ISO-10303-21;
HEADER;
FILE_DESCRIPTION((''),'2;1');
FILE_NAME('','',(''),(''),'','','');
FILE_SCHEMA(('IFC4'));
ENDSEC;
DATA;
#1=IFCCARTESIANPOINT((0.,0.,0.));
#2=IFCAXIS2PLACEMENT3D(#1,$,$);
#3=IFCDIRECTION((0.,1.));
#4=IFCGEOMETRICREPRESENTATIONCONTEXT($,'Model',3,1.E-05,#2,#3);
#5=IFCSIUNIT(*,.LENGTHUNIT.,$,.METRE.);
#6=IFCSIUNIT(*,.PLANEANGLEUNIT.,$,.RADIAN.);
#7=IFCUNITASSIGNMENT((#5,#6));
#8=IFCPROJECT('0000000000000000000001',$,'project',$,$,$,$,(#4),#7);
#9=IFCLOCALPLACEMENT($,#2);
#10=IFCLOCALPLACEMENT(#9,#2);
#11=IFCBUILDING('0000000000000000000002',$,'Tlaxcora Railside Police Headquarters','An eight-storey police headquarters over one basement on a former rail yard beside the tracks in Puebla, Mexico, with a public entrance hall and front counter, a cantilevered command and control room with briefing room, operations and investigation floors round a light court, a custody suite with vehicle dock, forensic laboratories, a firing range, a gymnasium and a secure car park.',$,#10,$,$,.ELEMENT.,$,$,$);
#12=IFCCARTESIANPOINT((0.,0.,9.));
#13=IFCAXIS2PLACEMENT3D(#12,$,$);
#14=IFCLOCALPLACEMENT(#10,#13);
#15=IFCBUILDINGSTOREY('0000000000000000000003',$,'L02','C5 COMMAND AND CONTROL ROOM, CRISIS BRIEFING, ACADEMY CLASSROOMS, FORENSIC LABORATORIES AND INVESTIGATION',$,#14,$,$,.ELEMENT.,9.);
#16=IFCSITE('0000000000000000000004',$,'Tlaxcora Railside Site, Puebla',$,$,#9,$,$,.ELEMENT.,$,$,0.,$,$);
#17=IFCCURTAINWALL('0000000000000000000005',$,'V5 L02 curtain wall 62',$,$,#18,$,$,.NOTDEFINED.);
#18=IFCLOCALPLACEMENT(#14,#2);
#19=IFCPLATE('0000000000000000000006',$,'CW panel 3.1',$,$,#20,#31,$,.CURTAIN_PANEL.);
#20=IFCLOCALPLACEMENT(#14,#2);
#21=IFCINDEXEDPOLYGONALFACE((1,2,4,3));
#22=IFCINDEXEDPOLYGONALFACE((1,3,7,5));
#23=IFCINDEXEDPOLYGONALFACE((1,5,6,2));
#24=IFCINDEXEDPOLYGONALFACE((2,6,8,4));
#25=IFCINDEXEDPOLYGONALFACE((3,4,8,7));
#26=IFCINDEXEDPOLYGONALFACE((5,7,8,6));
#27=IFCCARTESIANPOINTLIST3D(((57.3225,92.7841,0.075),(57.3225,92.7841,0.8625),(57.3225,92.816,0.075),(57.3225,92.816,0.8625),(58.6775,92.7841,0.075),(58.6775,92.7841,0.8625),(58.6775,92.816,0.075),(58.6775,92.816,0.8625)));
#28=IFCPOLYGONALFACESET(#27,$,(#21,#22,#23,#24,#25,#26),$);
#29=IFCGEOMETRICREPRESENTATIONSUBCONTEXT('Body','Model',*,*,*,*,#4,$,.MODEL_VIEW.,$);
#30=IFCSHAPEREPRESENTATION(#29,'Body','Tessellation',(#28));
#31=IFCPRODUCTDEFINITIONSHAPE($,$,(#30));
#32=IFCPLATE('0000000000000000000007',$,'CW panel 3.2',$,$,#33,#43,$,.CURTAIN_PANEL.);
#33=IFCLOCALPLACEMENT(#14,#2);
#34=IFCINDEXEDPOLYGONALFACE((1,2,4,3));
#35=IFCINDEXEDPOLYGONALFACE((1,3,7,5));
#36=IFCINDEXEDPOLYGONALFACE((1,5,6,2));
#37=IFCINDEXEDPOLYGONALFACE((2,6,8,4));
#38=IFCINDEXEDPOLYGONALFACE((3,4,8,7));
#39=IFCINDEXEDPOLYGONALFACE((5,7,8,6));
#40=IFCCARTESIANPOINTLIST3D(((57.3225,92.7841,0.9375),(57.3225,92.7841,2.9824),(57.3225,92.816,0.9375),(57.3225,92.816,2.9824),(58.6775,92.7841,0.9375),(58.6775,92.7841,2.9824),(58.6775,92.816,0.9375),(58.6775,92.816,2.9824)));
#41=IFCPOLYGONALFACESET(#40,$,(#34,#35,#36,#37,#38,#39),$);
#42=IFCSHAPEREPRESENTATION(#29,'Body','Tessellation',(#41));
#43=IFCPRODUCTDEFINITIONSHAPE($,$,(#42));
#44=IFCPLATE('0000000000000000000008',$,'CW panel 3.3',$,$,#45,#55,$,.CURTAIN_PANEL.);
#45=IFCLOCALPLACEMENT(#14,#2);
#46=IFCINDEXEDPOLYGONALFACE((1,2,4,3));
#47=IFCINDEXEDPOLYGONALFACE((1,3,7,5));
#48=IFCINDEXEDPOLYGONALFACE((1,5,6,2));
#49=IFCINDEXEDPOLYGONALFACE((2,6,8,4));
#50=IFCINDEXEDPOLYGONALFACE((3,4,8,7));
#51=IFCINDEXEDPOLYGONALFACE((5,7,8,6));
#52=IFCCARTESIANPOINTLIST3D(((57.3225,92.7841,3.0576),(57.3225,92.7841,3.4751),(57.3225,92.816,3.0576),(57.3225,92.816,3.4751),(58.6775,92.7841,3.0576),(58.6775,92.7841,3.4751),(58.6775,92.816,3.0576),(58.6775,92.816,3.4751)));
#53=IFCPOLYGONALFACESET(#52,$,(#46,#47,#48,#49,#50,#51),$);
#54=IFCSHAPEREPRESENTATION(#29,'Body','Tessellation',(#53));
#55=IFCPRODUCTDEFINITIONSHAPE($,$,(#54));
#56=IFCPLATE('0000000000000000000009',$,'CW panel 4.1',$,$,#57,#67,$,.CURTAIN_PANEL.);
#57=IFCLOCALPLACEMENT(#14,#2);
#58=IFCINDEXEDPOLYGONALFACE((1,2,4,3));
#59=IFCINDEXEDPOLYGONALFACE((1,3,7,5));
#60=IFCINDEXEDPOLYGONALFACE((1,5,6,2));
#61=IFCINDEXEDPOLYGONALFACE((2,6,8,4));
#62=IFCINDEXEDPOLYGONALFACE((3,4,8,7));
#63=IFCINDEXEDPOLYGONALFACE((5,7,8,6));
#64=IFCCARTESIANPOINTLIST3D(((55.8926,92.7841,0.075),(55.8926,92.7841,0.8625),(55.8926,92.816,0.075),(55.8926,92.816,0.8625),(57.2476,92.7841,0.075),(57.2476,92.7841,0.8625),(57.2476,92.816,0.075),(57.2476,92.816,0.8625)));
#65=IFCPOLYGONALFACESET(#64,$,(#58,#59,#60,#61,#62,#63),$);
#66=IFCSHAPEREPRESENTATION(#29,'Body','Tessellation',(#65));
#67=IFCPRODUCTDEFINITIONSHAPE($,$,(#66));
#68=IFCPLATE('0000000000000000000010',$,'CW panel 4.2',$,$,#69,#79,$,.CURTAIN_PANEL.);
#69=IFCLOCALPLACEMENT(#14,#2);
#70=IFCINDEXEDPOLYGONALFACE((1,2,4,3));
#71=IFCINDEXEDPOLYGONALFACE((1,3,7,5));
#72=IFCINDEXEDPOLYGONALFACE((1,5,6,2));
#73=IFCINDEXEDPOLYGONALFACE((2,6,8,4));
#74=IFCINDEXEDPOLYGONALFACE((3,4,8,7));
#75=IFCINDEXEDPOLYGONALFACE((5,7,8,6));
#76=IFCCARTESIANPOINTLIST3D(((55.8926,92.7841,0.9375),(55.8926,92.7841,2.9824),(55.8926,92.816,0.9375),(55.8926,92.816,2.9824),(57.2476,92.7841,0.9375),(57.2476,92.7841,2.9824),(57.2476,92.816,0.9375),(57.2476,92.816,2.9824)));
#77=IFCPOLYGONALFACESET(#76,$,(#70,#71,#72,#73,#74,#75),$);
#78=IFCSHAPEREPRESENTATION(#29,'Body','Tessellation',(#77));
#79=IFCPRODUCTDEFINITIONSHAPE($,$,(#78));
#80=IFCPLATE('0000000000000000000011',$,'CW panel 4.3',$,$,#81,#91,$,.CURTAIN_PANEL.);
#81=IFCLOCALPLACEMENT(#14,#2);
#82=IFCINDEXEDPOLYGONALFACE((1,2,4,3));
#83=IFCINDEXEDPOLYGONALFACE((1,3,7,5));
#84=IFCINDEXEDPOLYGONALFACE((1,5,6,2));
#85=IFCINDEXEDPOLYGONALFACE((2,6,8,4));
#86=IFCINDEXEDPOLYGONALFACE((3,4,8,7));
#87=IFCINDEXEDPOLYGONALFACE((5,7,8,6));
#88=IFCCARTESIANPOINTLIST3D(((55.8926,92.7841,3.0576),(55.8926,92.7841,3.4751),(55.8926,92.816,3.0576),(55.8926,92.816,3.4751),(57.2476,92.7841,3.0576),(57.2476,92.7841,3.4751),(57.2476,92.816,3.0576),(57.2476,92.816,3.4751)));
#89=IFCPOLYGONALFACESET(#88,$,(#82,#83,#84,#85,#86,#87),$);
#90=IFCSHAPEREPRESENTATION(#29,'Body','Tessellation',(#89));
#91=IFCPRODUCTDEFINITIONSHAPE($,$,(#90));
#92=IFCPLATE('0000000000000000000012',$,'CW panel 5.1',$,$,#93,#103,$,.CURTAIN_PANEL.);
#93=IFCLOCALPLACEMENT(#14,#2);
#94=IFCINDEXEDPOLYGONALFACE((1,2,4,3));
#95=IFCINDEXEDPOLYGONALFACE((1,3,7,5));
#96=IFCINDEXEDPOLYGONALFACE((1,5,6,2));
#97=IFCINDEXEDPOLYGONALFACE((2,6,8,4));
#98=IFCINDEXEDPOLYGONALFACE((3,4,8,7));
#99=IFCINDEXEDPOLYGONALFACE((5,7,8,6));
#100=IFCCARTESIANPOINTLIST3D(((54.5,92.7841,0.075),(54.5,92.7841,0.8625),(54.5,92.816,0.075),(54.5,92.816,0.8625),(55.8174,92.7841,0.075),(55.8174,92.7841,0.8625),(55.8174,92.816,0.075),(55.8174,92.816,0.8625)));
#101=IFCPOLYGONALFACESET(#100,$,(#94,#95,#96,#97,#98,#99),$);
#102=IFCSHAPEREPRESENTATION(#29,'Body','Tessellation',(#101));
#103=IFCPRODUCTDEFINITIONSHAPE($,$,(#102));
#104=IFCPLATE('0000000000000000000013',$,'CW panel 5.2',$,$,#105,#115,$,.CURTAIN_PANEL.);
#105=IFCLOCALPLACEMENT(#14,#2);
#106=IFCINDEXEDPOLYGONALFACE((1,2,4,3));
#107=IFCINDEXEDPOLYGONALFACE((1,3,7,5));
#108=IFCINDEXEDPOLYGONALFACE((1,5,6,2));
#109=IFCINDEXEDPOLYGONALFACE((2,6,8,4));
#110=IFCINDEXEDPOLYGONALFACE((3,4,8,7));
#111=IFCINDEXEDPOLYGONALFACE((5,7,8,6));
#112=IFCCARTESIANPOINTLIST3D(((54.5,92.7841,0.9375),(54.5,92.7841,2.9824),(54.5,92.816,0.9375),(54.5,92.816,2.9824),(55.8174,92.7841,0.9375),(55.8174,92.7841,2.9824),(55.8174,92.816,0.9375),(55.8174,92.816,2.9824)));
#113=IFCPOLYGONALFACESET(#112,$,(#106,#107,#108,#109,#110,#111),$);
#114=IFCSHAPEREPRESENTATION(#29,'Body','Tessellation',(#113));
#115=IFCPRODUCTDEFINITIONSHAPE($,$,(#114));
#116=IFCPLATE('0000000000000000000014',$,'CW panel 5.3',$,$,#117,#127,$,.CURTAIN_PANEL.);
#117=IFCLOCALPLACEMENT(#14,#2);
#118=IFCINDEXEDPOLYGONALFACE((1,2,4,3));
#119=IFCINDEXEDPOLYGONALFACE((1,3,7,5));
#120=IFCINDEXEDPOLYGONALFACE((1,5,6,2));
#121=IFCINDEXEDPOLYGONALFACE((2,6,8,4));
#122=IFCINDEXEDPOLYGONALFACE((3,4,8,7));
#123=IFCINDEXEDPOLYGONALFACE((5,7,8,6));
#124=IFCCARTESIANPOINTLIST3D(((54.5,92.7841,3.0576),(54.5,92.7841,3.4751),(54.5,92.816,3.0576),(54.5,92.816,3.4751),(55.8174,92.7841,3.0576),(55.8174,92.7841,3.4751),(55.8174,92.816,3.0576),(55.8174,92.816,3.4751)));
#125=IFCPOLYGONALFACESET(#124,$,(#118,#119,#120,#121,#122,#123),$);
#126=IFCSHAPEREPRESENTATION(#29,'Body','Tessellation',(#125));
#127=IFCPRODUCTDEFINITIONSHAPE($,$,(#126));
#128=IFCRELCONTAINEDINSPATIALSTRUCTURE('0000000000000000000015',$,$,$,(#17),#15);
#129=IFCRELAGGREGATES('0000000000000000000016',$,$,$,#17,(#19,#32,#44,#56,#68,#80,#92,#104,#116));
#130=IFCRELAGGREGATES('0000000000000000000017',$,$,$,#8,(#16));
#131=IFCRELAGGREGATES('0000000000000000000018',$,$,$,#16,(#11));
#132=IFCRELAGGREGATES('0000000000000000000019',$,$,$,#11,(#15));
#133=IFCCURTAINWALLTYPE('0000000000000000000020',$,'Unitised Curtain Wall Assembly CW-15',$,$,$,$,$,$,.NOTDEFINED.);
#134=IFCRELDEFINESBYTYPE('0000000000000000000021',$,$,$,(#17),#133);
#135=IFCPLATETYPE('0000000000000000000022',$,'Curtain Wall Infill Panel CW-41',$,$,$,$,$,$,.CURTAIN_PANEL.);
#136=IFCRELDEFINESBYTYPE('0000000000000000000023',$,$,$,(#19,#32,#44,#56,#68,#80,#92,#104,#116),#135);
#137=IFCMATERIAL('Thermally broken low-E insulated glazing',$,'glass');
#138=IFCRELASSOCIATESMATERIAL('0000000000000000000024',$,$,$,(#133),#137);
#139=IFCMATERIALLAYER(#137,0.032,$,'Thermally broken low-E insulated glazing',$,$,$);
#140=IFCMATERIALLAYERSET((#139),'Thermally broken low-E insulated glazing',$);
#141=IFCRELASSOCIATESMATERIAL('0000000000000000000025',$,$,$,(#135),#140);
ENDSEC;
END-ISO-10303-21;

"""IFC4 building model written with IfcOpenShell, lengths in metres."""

from ifc_helpers import new_model, si_unit, direction, frame, origin, origin_2d, place, context, subcontext, project, spatial, rectangle, extrude, material, layer, layer_set, type_object, element, aggregate, save


model = new_model("IFC4")

# Units and contexts
model_context = context("Model", 3, precision=1e-05, world=origin(), true_north=direction((0.0, 1.0)))
body_context = subcontext(model_context, "Body", "Model", "MODEL_VIEW")
ifc_project = project(units=[si_unit("LENGTHUNIT", "METRE"), si_unit("PLANEANGLEUNIT", "RADIAN")], contexts=[model_context])

# Site, building, storey
site_placement = place(None, origin())
site = spatial("IfcSite", under=ifc_project, at=site_placement, Name="Tlaxcora Railside Site, Puebla", CompositionType="ELEMENT", RefElevation=0.0)
building_placement = place(site_placement, origin())
building = spatial("IfcBuilding", under=site, at=building_placement, Name="Tlaxcora Railside Police Headquarters", Description="An eight-storey police headquarters over one basement on a former rail yard beside the tracks in Puebla, Mexico, with a public entrance hall and front counter, a cantilevered command and control room with briefing room, operations and investigation floors round a light court, a custody suite with vehicle dock, forensic laboratories, a firing range, a gymnasium and a secure car park.", CompositionType="ELEMENT")
storey_placement = place(building_placement, frame((0.0, 0.0, 9.0)))
storey = spatial("IfcBuildingStorey", under=building, at=storey_placement, Name="L02", Description="C5 COMMAND AND CONTROL ROOM, CRISIS BRIEFING, ACADEMY CLASSROOMS, FORENSIC LABORATORIES AND INVESTIGATION", CompositionType="ELEMENT", Elevation=9.0)

# Curtain wall, plates
ifc_material_1 = material(Name="Thermally broken low-E insulated glazing", Category="glass")
curtain_wall_type = type_object("IfcCurtainWallType", Name="Unitised Curtain Wall Assembly CW-15", PredefinedType="NOTDEFINED", material=ifc_material_1)
curtain_wall_placement = place(storey_placement, origin())
curtain_wall = element("IfcCurtainWall", 1, at=curtain_wall_placement, inside=storey, type_object=curtain_wall_type, Name="V5 L02 curtain wall 62", PredefinedType="NOTDEFINED")
ifc_layer = layer(ifc_material_1, 0.032, Name="Thermally broken low-E insulated glazing")
ifc_layer_set = layer_set([ifc_layer], Name="Thermally broken low-E insulated glazing")
plate_type = type_object("IfcPlateType", Name="Curtain Wall Infill Panel CW-41", PredefinedType="CURTAIN_PANEL", material=ifc_layer_set)
plate_1_placement = place(storey_placement, frame((58.0, 92.8, 0.075), z_axis=(0.0, 0.0, 1.0), x_axis=(-1.0, 0.0, 0.0)))
plate_1 = element("IfcPlate", 2, at=plate_1_placement, type_object=plate_type, Name="CW panel 3.1", PredefinedType="CURTAIN_PANEL", context=body_context, shape_type="SweptSolid", body=[
    extrude(rectangle(XDim=1.355, YDim=0.032, at=origin_2d()), origin(), (0.0, 0.0, 1.0), 0.7876),
])
plate_2_placement = place(storey_placement, frame((58.0, 92.8, 0.9375), z_axis=(0.0, 0.0, 1.0), x_axis=(-1.0, 0.0, 0.0)))
plate_2 = element("IfcPlate", 3, at=plate_2_placement, type_object=plate_type, Name="CW panel 3.2", PredefinedType="CURTAIN_PANEL", context=body_context, shape_type="SweptSolid", body=[
    extrude(rectangle(XDim=1.355, YDim=0.032, at=origin_2d()), origin(), (0.0, 0.0, 1.0), 2.0449),
])
plate_3_placement = place(storey_placement, frame((58.0, 92.8, 3.0576), z_axis=(0.0, 0.0, 1.0), x_axis=(-1.0, 0.0, 0.0)))
plate_3 = element("IfcPlate", 4, at=plate_3_placement, type_object=plate_type, Name="CW panel 3.3", PredefinedType="CURTAIN_PANEL", context=body_context, shape_type="SweptSolid", body=[
    extrude(rectangle(XDim=1.355, YDim=0.032, at=origin_2d()), origin(), (0.0, 0.0, 1.0), 0.4175),
])
plate_4_placement = place(storey_placement, frame((56.5701, 92.8, 0.075), z_axis=(0.0, 0.0, 1.0), x_axis=(-1.0, 0.0, 0.0)))
plate_4 = element("IfcPlate", 5, at=plate_4_placement, type_object=plate_type, Name="CW panel 4.1", PredefinedType="CURTAIN_PANEL", context=body_context, shape_type="SweptSolid", body=[
    extrude(rectangle(XDim=1.355, YDim=0.032, at=origin_2d()), origin(), (0.0, 0.0, 1.0), 0.7876),
])
plate_5_placement = place(storey_placement, frame((56.5701, 92.8, 0.9375), z_axis=(0.0, 0.0, 1.0), x_axis=(-1.0, 0.0, 0.0)))
plate_5 = element("IfcPlate", 6, at=plate_5_placement, type_object=plate_type, Name="CW panel 4.2", PredefinedType="CURTAIN_PANEL", context=body_context, shape_type="SweptSolid", body=[
    extrude(rectangle(XDim=1.355, YDim=0.032, at=origin_2d()), origin(), (0.0, 0.0, 1.0), 2.0449),
])
plate_6_placement = place(storey_placement, frame((56.5701, 92.8, 3.0576), z_axis=(0.0, 0.0, 1.0), x_axis=(-1.0, 0.0, 0.0)))
plate_6 = element("IfcPlate", 7, at=plate_6_placement, type_object=plate_type, Name="CW panel 4.3", PredefinedType="CURTAIN_PANEL", context=body_context, shape_type="SweptSolid", body=[
    extrude(rectangle(XDim=1.355, YDim=0.032, at=origin_2d()), origin(), (0.0, 0.0, 1.0), 0.4175),
])
plate_7_placement = place(storey_placement, frame((55.1587, 92.8, 0.075), z_axis=(0.0, 0.0, 1.0), x_axis=(-1.0, 0.0, 0.0)))
plate_7 = element("IfcPlate", 8, at=plate_7_placement, type_object=plate_type, Name="CW panel 5.1", PredefinedType="CURTAIN_PANEL", context=body_context, shape_type="SweptSolid", body=[
    extrude(rectangle(XDim=1.3174, YDim=0.032, at=origin_2d()), origin(), (0.0, 0.0, 1.0), 0.7876),
])
plate_8_placement = place(storey_placement, frame((55.1587, 92.8, 0.9375), z_axis=(0.0, 0.0, 1.0), x_axis=(-1.0, 0.0, 0.0)))
plate_8 = element("IfcPlate", 9, at=plate_8_placement, type_object=plate_type, Name="CW panel 5.2", PredefinedType="CURTAIN_PANEL", context=body_context, shape_type="SweptSolid", body=[
    extrude(rectangle(XDim=1.3174, YDim=0.032, at=origin_2d()), origin(), (0.0, 0.0, 1.0), 2.0449),
])
plate_9_placement = place(storey_placement, frame((55.1587, 92.8, 3.0576), z_axis=(0.0, 0.0, 1.0), x_axis=(-1.0, 0.0, 0.0)))
plate_9 = element("IfcPlate", 10, at=plate_9_placement, type_object=plate_type, Name="CW panel 5.3", PredefinedType="CURTAIN_PANEL", context=body_context, shape_type="SweptSolid", body=[
    extrude(rectangle(XDim=1.3174, YDim=0.032, at=origin_2d()), origin(), (0.0, 0.0, 1.0), 0.4175),
])
aggregate(curtain_wall, [plate_1, plate_2, plate_3, plate_4, plate_5, plate_6, plate_7, plate_8, plate_9])

save(model, "model.ifc")
